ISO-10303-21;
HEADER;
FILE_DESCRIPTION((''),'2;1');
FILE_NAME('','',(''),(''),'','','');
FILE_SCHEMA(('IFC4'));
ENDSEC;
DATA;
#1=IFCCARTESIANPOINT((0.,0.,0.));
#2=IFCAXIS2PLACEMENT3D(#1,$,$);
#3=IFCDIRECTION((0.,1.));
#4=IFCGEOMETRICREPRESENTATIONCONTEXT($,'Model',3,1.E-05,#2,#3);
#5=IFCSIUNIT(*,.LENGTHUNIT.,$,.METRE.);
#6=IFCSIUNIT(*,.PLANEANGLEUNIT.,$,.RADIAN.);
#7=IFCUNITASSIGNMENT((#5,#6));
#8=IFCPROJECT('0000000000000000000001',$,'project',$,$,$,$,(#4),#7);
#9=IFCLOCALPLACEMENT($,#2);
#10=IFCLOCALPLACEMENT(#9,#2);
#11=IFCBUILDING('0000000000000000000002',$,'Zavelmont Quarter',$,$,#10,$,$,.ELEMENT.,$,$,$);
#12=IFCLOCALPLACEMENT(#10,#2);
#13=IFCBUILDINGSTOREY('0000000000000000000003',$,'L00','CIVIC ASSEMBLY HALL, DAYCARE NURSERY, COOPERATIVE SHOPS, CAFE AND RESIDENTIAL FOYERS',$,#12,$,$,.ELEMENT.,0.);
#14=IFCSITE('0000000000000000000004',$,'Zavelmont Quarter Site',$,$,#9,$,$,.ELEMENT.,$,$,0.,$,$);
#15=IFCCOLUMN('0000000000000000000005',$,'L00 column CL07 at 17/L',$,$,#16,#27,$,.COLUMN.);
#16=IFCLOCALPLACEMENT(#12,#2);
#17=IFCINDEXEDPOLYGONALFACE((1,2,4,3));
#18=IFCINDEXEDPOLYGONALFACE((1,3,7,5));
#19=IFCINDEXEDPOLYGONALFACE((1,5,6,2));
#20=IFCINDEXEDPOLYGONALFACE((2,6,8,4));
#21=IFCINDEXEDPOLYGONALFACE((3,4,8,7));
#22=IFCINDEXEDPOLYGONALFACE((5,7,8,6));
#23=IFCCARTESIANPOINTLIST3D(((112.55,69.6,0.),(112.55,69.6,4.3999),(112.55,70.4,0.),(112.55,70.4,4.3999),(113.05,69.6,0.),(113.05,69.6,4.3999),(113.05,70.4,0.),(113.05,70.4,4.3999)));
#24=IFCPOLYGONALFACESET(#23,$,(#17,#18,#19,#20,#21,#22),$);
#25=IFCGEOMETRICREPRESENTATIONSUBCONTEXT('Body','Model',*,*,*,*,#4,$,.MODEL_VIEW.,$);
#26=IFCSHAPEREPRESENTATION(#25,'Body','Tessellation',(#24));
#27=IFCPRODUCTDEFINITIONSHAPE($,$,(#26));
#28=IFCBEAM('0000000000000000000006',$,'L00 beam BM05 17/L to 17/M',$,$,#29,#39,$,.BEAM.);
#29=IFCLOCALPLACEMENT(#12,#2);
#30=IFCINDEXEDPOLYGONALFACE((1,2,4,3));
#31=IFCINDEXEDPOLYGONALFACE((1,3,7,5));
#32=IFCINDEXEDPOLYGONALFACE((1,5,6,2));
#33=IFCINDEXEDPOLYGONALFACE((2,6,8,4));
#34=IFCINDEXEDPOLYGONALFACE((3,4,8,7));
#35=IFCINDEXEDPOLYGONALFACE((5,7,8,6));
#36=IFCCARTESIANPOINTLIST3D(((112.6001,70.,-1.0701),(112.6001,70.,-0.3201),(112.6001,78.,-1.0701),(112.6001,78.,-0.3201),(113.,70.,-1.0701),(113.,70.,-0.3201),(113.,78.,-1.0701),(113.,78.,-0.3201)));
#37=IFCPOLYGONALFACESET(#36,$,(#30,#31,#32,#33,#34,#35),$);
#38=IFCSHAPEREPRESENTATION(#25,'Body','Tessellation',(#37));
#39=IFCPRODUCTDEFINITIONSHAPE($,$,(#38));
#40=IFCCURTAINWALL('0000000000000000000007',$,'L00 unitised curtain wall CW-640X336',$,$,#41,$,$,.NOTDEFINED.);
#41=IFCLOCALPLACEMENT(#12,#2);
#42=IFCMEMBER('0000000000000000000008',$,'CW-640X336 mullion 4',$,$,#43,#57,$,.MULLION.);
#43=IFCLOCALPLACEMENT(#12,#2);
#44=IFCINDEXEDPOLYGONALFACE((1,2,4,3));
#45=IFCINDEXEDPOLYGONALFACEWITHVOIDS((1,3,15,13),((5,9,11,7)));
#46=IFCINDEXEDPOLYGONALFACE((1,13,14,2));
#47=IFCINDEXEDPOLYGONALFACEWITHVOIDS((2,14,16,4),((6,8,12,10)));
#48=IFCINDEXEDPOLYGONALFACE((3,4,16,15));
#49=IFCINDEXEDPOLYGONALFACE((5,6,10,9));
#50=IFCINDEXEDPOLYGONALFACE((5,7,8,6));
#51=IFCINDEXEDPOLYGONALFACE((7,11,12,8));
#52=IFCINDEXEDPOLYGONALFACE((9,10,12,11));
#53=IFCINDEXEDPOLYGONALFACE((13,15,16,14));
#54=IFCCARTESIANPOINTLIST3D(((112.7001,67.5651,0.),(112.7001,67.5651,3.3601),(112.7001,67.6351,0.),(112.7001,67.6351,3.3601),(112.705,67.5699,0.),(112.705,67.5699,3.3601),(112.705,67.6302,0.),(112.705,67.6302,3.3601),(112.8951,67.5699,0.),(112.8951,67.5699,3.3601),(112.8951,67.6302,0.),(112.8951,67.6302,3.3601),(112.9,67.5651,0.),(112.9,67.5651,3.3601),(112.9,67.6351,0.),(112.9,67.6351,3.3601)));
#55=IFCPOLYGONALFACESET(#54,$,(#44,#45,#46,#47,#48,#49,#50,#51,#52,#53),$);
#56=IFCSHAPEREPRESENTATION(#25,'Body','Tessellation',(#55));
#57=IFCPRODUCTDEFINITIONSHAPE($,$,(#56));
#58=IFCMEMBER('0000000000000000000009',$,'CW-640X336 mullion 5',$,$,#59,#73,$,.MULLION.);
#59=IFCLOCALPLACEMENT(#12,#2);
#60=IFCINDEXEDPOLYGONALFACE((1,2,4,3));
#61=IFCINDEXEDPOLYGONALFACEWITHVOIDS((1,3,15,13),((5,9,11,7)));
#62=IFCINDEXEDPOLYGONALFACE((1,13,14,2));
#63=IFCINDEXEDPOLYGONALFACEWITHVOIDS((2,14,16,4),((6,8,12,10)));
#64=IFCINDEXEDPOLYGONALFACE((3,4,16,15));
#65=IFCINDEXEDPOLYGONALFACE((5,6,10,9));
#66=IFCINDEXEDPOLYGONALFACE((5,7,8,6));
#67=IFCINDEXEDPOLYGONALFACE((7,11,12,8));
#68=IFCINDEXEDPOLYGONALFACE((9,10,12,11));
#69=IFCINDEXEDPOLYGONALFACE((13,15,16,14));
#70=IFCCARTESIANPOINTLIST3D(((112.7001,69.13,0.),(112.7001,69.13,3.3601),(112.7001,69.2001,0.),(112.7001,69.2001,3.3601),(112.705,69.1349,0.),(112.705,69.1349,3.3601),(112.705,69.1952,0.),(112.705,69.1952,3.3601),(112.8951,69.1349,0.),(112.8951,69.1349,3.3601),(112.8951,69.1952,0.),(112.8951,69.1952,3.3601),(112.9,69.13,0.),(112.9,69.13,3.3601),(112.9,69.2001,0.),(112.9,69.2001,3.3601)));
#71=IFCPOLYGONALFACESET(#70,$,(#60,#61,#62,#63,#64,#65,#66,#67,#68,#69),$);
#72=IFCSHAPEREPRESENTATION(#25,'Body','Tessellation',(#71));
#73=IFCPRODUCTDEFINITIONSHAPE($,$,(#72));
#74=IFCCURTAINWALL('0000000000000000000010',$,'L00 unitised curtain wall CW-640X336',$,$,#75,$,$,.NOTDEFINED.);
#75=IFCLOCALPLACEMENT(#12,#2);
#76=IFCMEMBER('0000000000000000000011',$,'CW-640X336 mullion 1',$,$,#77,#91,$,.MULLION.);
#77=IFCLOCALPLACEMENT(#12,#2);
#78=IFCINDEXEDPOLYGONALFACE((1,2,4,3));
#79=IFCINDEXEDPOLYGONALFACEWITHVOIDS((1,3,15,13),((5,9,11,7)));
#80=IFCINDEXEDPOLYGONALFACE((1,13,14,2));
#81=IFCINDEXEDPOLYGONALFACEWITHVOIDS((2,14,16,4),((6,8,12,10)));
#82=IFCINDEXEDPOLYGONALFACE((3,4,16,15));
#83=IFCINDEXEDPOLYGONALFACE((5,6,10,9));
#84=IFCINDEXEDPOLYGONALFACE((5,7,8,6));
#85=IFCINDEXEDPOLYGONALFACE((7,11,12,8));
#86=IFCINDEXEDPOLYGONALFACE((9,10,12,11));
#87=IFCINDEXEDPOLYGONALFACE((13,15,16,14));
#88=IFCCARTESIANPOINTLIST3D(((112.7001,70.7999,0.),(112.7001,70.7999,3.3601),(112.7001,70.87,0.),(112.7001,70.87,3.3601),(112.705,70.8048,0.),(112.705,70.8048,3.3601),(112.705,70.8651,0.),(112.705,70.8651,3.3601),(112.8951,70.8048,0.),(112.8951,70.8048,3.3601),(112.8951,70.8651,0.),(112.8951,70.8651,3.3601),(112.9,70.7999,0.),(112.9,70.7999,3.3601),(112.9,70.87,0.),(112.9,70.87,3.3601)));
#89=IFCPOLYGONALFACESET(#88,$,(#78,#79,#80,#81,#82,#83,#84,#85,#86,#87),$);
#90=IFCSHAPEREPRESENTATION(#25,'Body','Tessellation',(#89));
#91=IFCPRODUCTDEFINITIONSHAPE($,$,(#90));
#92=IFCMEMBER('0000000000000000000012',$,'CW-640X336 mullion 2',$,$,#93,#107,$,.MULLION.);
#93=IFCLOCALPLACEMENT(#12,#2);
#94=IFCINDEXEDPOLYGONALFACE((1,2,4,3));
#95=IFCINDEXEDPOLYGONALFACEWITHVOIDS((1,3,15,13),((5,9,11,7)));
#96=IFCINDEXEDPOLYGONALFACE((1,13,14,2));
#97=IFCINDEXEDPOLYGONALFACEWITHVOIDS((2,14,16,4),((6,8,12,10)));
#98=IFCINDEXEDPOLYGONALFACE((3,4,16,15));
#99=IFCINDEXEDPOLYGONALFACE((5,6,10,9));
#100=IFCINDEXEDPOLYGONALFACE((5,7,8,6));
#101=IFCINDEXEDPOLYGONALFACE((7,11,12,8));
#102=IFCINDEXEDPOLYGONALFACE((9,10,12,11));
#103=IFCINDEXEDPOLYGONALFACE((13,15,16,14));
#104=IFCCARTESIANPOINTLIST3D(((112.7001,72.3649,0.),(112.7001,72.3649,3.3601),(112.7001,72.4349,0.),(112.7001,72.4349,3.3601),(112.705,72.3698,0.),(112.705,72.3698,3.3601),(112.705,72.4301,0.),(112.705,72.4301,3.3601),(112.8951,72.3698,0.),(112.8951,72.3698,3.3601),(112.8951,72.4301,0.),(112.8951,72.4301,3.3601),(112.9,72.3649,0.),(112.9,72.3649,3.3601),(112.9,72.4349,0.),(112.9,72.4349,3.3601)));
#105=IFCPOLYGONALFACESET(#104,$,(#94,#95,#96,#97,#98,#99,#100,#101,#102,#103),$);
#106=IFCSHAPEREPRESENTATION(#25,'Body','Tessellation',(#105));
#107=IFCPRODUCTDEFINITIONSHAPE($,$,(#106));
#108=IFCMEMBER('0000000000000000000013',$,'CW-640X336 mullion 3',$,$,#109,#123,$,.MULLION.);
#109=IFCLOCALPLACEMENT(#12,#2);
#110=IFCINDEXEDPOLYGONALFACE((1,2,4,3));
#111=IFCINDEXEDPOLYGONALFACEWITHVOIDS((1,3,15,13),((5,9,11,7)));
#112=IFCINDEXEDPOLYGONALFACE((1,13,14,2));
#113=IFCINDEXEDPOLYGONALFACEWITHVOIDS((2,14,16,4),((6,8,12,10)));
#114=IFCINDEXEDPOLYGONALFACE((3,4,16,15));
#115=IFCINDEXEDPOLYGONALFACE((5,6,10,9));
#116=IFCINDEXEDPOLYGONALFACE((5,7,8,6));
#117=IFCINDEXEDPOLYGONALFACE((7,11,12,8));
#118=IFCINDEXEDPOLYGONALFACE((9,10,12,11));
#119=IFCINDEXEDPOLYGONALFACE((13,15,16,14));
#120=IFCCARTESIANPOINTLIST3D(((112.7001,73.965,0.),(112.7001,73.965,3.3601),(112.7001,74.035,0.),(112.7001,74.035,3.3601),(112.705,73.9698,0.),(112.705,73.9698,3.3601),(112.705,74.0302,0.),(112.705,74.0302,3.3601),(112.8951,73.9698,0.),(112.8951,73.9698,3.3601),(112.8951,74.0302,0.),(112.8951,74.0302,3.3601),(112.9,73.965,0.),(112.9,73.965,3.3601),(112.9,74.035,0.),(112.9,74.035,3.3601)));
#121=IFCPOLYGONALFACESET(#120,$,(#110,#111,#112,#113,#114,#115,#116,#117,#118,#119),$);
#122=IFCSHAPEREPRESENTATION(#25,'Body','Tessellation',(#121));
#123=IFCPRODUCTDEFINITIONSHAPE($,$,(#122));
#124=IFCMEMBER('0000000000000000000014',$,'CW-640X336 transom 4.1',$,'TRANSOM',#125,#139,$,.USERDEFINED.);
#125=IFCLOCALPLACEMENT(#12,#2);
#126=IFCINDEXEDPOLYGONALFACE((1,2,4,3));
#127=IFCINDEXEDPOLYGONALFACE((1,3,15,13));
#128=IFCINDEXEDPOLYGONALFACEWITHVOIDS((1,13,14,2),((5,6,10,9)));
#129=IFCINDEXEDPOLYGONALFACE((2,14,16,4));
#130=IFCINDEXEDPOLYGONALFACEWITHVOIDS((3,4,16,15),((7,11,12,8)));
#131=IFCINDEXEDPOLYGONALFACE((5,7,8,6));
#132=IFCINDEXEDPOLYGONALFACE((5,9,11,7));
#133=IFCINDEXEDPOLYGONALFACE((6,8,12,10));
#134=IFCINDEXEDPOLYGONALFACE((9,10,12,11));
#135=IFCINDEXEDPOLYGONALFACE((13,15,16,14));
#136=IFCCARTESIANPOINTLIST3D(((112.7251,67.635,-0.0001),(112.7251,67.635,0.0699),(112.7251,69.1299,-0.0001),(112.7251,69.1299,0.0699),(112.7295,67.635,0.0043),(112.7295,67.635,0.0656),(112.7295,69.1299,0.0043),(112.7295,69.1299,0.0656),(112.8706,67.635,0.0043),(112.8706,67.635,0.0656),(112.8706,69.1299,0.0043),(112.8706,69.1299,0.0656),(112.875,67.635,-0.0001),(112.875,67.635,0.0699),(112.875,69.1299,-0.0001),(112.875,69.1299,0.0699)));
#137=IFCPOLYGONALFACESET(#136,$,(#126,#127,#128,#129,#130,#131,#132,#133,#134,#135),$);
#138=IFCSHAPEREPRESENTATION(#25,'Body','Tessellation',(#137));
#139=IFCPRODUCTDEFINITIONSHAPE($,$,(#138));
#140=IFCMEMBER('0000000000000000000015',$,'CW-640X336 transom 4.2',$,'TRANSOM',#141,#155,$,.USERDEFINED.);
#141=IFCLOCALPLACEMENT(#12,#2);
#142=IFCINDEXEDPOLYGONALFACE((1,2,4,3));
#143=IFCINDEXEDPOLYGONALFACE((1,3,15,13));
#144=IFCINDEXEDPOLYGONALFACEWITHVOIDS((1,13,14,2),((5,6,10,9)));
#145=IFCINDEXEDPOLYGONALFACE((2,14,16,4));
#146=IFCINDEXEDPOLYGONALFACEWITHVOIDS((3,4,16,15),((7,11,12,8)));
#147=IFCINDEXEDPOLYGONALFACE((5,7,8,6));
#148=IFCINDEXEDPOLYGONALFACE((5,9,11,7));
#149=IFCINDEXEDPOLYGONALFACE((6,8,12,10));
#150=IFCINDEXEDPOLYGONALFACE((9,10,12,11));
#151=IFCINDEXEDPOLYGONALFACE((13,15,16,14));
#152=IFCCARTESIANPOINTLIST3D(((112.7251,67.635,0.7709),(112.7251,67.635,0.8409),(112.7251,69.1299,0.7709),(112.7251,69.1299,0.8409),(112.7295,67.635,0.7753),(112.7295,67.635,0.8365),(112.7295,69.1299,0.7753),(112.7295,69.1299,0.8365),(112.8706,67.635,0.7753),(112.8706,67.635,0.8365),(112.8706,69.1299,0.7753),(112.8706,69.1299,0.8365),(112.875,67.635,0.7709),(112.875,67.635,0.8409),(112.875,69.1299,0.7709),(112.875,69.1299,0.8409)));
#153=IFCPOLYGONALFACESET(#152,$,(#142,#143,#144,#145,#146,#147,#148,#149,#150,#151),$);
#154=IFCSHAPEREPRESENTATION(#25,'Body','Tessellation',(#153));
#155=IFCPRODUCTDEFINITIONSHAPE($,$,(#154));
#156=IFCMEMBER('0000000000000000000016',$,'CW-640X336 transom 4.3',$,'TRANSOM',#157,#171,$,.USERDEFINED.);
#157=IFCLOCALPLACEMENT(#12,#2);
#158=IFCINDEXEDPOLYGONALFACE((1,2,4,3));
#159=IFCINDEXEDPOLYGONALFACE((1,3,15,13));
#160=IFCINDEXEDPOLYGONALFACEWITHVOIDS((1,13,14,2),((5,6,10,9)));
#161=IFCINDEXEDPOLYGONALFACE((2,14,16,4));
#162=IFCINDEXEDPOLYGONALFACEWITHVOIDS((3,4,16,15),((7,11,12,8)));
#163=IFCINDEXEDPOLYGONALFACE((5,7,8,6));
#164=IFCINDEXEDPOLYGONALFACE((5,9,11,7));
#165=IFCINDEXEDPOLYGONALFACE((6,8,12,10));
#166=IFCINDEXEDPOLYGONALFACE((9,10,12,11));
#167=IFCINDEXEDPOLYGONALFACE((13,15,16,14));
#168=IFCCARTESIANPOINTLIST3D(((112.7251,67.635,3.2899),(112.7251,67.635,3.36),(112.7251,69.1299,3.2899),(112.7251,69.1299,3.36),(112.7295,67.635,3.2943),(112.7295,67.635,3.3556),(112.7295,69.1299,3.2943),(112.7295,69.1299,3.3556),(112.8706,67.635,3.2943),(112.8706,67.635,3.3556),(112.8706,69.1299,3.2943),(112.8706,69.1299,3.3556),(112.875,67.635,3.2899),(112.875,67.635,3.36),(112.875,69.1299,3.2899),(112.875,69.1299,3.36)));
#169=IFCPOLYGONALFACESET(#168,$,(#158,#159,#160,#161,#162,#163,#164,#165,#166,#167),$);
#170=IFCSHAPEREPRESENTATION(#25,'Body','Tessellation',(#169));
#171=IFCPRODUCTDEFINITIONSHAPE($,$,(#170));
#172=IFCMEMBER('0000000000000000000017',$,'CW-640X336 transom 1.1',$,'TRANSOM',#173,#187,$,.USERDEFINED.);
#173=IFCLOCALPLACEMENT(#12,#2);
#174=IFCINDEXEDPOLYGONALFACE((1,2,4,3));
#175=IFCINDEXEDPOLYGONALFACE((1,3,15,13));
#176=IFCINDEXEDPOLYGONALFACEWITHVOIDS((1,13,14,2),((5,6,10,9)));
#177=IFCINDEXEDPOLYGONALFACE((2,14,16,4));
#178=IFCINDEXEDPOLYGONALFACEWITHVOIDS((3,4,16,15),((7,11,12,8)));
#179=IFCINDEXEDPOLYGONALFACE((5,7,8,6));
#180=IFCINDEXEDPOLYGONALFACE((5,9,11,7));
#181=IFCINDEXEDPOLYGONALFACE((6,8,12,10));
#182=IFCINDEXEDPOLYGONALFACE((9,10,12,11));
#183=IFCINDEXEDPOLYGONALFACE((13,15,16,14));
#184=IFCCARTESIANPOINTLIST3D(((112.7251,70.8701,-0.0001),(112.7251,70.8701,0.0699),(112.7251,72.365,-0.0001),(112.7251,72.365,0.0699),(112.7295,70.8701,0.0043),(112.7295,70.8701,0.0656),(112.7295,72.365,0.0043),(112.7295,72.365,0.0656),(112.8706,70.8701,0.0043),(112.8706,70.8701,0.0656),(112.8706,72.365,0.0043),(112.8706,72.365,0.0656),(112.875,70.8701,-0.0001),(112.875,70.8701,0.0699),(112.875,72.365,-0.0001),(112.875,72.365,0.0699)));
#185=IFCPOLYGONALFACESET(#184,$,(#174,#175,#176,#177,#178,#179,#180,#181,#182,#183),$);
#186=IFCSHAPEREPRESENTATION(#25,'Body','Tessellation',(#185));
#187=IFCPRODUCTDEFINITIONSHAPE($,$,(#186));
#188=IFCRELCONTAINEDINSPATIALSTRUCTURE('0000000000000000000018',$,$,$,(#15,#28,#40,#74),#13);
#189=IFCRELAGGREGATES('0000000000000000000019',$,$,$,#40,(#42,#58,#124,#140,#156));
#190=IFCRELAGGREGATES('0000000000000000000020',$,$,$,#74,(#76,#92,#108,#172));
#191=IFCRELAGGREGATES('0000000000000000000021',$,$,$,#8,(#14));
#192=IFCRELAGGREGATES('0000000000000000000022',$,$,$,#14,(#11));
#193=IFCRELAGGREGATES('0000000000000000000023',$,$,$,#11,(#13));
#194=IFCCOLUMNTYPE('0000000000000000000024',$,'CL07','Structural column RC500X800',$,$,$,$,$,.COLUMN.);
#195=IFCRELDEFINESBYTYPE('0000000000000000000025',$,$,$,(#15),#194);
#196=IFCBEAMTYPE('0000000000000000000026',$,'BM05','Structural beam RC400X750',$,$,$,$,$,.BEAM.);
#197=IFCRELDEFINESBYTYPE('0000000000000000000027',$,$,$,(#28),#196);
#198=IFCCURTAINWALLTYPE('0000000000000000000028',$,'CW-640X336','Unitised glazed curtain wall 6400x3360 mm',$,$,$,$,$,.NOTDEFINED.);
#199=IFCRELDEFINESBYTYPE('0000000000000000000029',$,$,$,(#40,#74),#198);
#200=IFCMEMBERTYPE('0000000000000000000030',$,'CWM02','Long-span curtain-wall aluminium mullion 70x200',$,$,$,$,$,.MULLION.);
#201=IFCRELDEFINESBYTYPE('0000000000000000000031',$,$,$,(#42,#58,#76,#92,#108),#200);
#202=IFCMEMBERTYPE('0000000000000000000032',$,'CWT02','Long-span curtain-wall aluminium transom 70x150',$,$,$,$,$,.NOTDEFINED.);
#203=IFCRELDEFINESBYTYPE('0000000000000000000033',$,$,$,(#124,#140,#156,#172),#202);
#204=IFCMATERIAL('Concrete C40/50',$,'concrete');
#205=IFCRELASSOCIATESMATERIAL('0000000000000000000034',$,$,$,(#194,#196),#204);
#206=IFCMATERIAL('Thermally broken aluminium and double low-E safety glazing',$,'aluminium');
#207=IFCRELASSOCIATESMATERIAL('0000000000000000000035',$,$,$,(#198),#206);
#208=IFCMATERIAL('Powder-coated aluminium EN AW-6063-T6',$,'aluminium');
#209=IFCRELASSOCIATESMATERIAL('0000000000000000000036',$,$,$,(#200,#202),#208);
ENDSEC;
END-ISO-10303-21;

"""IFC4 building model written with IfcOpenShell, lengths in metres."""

from ifc_helpers import new_model, si_unit, direction, frame, origin, origin_2d, place, context, subcontext, project, spatial, rectangle, hollow_rectangle, extrude, material, material_profile, profile_set, type_object, element, aggregate, save


model = new_model("IFC4")

# Units and contexts
model_context = context("Model", 3, precision=1e-05, world=origin(), true_north=direction((0.0, 1.0)))
body_context = subcontext(model_context, "Body", "Model", "MODEL_VIEW")
ifc_project = project(units=[si_unit("LENGTHUNIT", "METRE"), si_unit("PLANEANGLEUNIT", "RADIAN")], contexts=[model_context])

# Site, building, storey
site_placement = place(None, origin())
site = spatial("IfcSite", under=ifc_project, at=site_placement, Name="Zavelmont Quarter Site", CompositionType="ELEMENT", RefElevation=0.0)
building_placement = place(site_placement, origin())
building = spatial("IfcBuilding", under=site, at=building_placement, Name="Zavelmont Quarter", CompositionType="ELEMENT")
storey_placement = place(building_placement, origin())
storey = spatial("IfcBuildingStorey", under=building, at=storey_placement, Name="L00", Description="CIVIC ASSEMBLY HALL, DAYCARE NURSERY, COOPERATIVE SHOPS, CAFE AND RESIDENTIAL FOYERS", CompositionType="ELEMENT", Elevation=0.0)

# Column
ifc_material_1 = material(Name="Concrete C40/50", Category="concrete")
ifc_material_profile_1 = material_profile(ifc_material_1, rectangle(XDim=0.5, YDim=0.8, at=origin_2d()), Name="RC500X800")
ifc_profile_set_1 = profile_set([ifc_material_profile_1], Name="Concrete C40/50")
column_type = type_object("IfcColumnType", Name="CL07", Description="Structural column RC500X800", PredefinedType="COLUMN", material=ifc_profile_set_1)
column_placement = place(storey_placement, frame((112.8, 70.0, 0.0), z_axis=(0.0, 0.0, 1.0), x_axis=(1.0, 0.0, 0.0)))
element("IfcColumn", 1, at=column_placement, inside=storey, type_object=column_type, Name="L00 column CL07 at 17/L", PredefinedType="COLUMN", context=body_context, shape_type="SweptSolid", body=[
    extrude(rectangle(XDim=0.5, YDim=0.8, at=origin_2d()), origin(), (0.0, 0.0, 1.0), 4.3999),
])

# Beam
ifc_material_profile_2 = material_profile(ifc_material_1, rectangle(XDim=0.3999, YDim=0.75, at=origin_2d()), Name="RC400X750")
ifc_profile_set_2 = profile_set([ifc_material_profile_2], Name="Concrete C40/50")
beam_type = type_object("IfcBeamType", Name="BM05", Description="Structural beam RC400X750", PredefinedType="BEAM", material=ifc_profile_set_2)
beam_placement = place(storey_placement, frame((112.8, 70.0, -0.6951), z_axis=(0.0, 1.0, 0.0), x_axis=(-1.0, 0.0, 0.0)))
element("IfcBeam", 2, at=beam_placement, inside=storey, type_object=beam_type, Name="L00 beam BM05 17/L to 17/M", PredefinedType="BEAM", context=body_context, shape_type="SweptSolid", body=[
    extrude(rectangle(XDim=0.3999, YDim=0.75, at=origin_2d()), origin(), (0.0, 0.0, 1.0), 8.0),
])

# Curtain walls, members
ifc_material_2 = material(Name="Thermally broken aluminium and double low-E safety glazing", Category="aluminium")
curtain_wall_type = type_object("IfcCurtainWallType", Name="CW-640X336", Description="Unitised glazed curtain wall 6400x3360 mm", PredefinedType="NOTDEFINED", material=ifc_material_2)
curtain_wall_1_placement = place(storey_placement, origin())
curtain_wall_1 = element("IfcCurtainWall", 3, at=curtain_wall_1_placement, inside=storey, type_object=curtain_wall_type, Name="L00 unitised curtain wall CW-640X336", PredefinedType="NOTDEFINED")
ifc_material_3 = material(Name="Powder-coated aluminium EN AW-6063-T6", Category="aluminium")
ifc_material_profile_3 = material_profile(ifc_material_3, hollow_rectangle(XDim=0.0701, YDim=0.2, WallThickness=0.0049, at=origin_2d()), Name="CWM70X200")
ifc_profile_set_3 = profile_set([ifc_material_profile_3], Name="Powder-coated aluminium EN AW-6063-T6")
member_type_1 = type_object("IfcMemberType", Name="CWM02", Description="Long-span curtain-wall aluminium mullion 70x200", PredefinedType="MULLION", material=ifc_profile_set_3)
member_1_placement = place(storey_placement, frame((112.8, 67.6001, 0.0), z_axis=(0.0, 0.0, 1.0), x_axis=(0.0, 1.0, 0.0)))
member_1 = element("IfcMember", 4, at=member_1_placement, type_object=member_type_1, Name="CW-640X336 mullion 4", PredefinedType="MULLION", context=body_context, shape_type="SweptSolid", body=[
    extrude(hollow_rectangle(XDim=0.0701, YDim=0.2, WallThickness=0.0049, at=origin_2d()), origin(), (0.0, 0.0, 1.0), 3.3601),
])
member_2_placement = place(storey_placement, frame((112.8, 69.165, 0.0), z_axis=(0.0, 0.0, 1.0), x_axis=(0.0, 1.0, 0.0)))
member_2 = element("IfcMember", 5, at=member_2_placement, type_object=member_type_1, Name="CW-640X336 mullion 5", PredefinedType="MULLION", context=body_context, shape_type="SweptSolid", body=[
    extrude(hollow_rectangle(XDim=0.0701, YDim=0.2, WallThickness=0.0049, at=origin_2d()), origin(), (0.0, 0.0, 1.0), 3.3601),
])
curtain_wall_2_placement = place(storey_placement, origin())
curtain_wall_2 = element("IfcCurtainWall", 6, at=curtain_wall_2_placement, inside=storey, type_object=curtain_wall_type, Name="L00 unitised curtain wall CW-640X336", PredefinedType="NOTDEFINED")
member_3_placement = place(storey_placement, frame((112.8, 70.835, 0.0), z_axis=(0.0, 0.0, 1.0), x_axis=(0.0, 1.0, 0.0)))
member_3 = element("IfcMember", 7, at=member_3_placement, type_object=member_type_1, Name="CW-640X336 mullion 1", PredefinedType="MULLION", context=body_context, shape_type="SweptSolid", body=[
    extrude(hollow_rectangle(XDim=0.0701, YDim=0.2, WallThickness=0.0049, at=origin_2d()), origin(), (0.0, 0.0, 1.0), 3.3601),
])
member_4_placement = place(storey_placement, frame((112.8, 72.3999, 0.0), z_axis=(0.0, 0.0, 1.0), x_axis=(0.0, 1.0, 0.0)))
member_4 = element("IfcMember", 8, at=member_4_placement, type_object=member_type_1, Name="CW-640X336 mullion 2", PredefinedType="MULLION", context=body_context, shape_type="SweptSolid", body=[
    extrude(hollow_rectangle(XDim=0.0701, YDim=0.2, WallThickness=0.0049, at=origin_2d()), origin(), (0.0, 0.0, 1.0), 3.3601),
])
member_5_placement = place(storey_placement, frame((112.8, 74.0, 0.0), z_axis=(0.0, 0.0, 1.0), x_axis=(0.0, 1.0, 0.0)))
member_5 = element("IfcMember", 9, at=member_5_placement, type_object=member_type_1, Name="CW-640X336 mullion 3", PredefinedType="MULLION", context=body_context, shape_type="SweptSolid", body=[
    extrude(hollow_rectangle(XDim=0.0701, YDim=0.2, WallThickness=0.0049, at=origin_2d()), origin(), (0.0, 0.0, 1.0), 3.3601),
])

# Members
ifc_material_profile_4 = material_profile(ifc_material_3, hollow_rectangle(XDim=0.1499, YDim=0.0701, WallThickness=0.0044, at=origin_2d()), Name="CWT70X150")
ifc_profile_set_4 = profile_set([ifc_material_profile_4], Name="Powder-coated aluminium EN AW-6063-T6")
member_type_2 = type_object("IfcMemberType", Name="CWT02", Description="Long-span curtain-wall aluminium transom 70x150", PredefinedType="NOTDEFINED", material=ifc_profile_set_4)
member_6_placement = place(storey_placement, frame((112.8, 67.635, 0.0349), z_axis=(0.0, 1.0, 0.0), x_axis=(-1.0, 0.0, 0.0)))
member_6 = element("IfcMember", 10, at=member_6_placement, type_object=member_type_2, Name="CW-640X336 transom 4.1", ObjectType="TRANSOM", PredefinedType="USERDEFINED", context=body_context, shape_type="SweptSolid", body=[
    extrude(hollow_rectangle(XDim=0.1499, YDim=0.0701, WallThickness=0.0044, at=origin_2d()), origin(), (0.0, 0.0, 1.0), 1.4949),
])
member_7_placement = place(storey_placement, frame((112.8, 67.635, 0.8059), z_axis=(0.0, 1.0, 0.0), x_axis=(-1.0, 0.0, 0.0)))
member_7 = element("IfcMember", 11, at=member_7_placement, type_object=member_type_2, Name="CW-640X336 transom 4.2", ObjectType="TRANSOM", PredefinedType="USERDEFINED", context=body_context, shape_type="SweptSolid", body=[
    extrude(hollow_rectangle(XDim=0.1499, YDim=0.0701, WallThickness=0.0044, at=origin_2d()), origin(), (0.0, 0.0, 1.0), 1.4949),
])
member_8_placement = place(storey_placement, frame((112.8, 67.635, 3.325), z_axis=(0.0, 1.0, 0.0), x_axis=(-1.0, 0.0, 0.0)))
member_8 = element("IfcMember", 12, at=member_8_placement, type_object=member_type_2, Name="CW-640X336 transom 4.3", ObjectType="TRANSOM", PredefinedType="USERDEFINED", context=body_context, shape_type="SweptSolid", body=[
    extrude(hollow_rectangle(XDim=0.1499, YDim=0.0701, WallThickness=0.0044, at=origin_2d()), origin(), (0.0, 0.0, 1.0), 1.4949),
])
member_9_placement = place(storey_placement, frame((112.8, 70.8701, 0.0349), z_axis=(0.0, 1.0, 0.0), x_axis=(-1.0, 0.0, 0.0)))
member_9 = element("IfcMember", 13, at=member_9_placement, type_object=member_type_2, Name="CW-640X336 transom 1.1", ObjectType="TRANSOM", PredefinedType="USERDEFINED", context=body_context, shape_type="SweptSolid", body=[
    extrude(hollow_rectangle(XDim=0.1499, YDim=0.0701, WallThickness=0.0044, at=origin_2d()), origin(), (0.0, 0.0, 1.0), 1.4949),
])

aggregate(curtain_wall_1, [member_1, member_2, member_6, member_7, member_8])
aggregate(curtain_wall_2, [member_3, member_4, member_5, member_9])

save(model, "model.ifc")
